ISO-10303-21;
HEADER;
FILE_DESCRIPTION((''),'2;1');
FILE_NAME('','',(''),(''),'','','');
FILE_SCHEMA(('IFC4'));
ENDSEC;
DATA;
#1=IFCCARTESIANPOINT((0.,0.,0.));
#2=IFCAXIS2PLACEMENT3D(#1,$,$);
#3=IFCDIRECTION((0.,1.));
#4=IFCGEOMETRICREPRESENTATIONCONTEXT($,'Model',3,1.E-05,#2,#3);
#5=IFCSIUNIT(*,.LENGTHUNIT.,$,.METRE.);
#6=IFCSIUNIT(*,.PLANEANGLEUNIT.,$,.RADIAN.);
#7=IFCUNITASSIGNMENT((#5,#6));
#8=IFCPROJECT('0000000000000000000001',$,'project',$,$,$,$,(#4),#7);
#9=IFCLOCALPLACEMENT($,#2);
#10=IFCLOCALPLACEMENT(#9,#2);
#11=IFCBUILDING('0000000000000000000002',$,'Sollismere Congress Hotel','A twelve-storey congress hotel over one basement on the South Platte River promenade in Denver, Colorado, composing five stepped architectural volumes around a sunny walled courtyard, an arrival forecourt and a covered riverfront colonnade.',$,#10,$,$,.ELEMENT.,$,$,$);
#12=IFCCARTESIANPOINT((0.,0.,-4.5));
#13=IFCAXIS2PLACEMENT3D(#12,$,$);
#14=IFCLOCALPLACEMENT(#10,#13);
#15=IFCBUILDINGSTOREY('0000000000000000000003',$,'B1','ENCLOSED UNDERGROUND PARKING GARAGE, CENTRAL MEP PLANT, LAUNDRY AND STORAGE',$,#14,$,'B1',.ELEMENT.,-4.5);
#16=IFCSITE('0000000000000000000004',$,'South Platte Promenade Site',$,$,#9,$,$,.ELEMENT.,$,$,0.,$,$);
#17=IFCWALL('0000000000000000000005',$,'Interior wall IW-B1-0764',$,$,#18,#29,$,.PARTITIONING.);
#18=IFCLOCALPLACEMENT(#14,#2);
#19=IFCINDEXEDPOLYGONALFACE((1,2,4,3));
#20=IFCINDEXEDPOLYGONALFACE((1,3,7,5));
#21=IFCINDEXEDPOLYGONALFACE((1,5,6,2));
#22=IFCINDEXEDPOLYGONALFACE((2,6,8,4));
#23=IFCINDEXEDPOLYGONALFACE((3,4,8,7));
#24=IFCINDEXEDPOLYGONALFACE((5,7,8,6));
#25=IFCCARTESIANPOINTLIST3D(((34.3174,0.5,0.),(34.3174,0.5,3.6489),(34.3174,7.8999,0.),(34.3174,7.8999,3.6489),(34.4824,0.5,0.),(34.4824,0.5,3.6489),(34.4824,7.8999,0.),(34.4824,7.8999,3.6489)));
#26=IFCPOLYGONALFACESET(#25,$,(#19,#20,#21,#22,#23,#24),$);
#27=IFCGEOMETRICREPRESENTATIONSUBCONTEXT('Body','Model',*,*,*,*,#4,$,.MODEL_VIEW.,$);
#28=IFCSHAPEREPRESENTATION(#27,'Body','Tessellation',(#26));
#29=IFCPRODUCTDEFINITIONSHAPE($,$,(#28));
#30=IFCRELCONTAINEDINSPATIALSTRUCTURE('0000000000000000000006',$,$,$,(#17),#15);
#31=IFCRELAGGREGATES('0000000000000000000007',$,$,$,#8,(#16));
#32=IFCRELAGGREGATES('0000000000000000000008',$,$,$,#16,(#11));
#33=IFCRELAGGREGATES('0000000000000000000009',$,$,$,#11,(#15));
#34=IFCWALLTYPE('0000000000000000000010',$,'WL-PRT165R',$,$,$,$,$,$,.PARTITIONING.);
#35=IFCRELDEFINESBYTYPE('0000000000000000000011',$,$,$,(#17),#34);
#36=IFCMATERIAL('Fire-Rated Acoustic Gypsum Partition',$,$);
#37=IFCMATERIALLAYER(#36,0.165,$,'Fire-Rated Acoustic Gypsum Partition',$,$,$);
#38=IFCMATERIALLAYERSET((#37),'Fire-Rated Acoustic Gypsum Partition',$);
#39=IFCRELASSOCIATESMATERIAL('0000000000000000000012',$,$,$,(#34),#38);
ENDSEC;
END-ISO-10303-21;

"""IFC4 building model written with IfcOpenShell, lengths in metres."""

from ifc_helpers import new_model, si_unit, direction, frame, frame_2d, origin, place, context, subcontext, project, spatial, rectangle, extrude, material, layer, layer_set, type_object, element, save


model = new_model("IFC4")

# Units and contexts
model_context = context("Model", 3, precision=1e-05, world=origin(), true_north=direction((0.0, 1.0)))
body_context = subcontext(model_context, "Body", "Model", "MODEL_VIEW")
ifc_project = project(units=[si_unit("LENGTHUNIT", "METRE"), si_unit("PLANEANGLEUNIT", "RADIAN")], contexts=[model_context])

# Site, building, storey
site_placement = place(None, origin())
site = spatial("IfcSite", under=ifc_project, at=site_placement, Name="South Platte Promenade Site", CompositionType="ELEMENT", RefElevation=0.0)
building_placement = place(site_placement, origin())
building = spatial("IfcBuilding", under=site, at=building_placement, Name="Sollismere Congress Hotel", Description="A twelve-storey congress hotel over one basement on the South Platte River promenade in Denver, Colorado, composing five stepped architectural volumes around a sunny walled courtyard, an arrival forecourt and a covered riverfront colonnade.", CompositionType="ELEMENT")
storey_placement = place(building_placement, frame((0.0, 0.0, -4.5)))
storey = spatial("IfcBuildingStorey", under=building, at=storey_placement, Name="B1", Description="ENCLOSED UNDERGROUND PARKING GARAGE, CENTRAL MEP PLANT, LAUNDRY AND STORAGE", LongName="B1", CompositionType="ELEMENT", Elevation=-4.5)

# Shared definitions
ifc_material_1 = material(Name="Fire-Rated Acoustic Gypsum Partition")
ifc_layer = layer(ifc_material_1, 0.165, Name="Fire-Rated Acoustic Gypsum Partition")
ifc_layer_set = layer_set([ifc_layer], Name="Fire-Rated Acoustic Gypsum Partition")
wall_type = type_object("IfcWallType", Name="WL-PRT165R", PredefinedType="PARTITIONING", material=ifc_layer_set)

# Wall
wall_1_placement = place(storey_placement, frame((34.3999, 0.5, 0.0), z_axis=(0.0, 0.0, 1.0), x_axis=(0.0, 1.0, 0.0)))
element("IfcWall", 1, at=wall_1_placement, inside=storey, type_object=wall_type, Name="Interior wall IW-B1-0764", PredefinedType="PARTITIONING", context=body_context, shape_type="SweptSolid", body=[
    extrude(rectangle(XDim=7.3999, YDim=0.165, at=frame_2d((3.7, 0.0))), origin(), (0.0, 0.0, 1.0), 3.6489),
])

save(model, "model.ifc")
